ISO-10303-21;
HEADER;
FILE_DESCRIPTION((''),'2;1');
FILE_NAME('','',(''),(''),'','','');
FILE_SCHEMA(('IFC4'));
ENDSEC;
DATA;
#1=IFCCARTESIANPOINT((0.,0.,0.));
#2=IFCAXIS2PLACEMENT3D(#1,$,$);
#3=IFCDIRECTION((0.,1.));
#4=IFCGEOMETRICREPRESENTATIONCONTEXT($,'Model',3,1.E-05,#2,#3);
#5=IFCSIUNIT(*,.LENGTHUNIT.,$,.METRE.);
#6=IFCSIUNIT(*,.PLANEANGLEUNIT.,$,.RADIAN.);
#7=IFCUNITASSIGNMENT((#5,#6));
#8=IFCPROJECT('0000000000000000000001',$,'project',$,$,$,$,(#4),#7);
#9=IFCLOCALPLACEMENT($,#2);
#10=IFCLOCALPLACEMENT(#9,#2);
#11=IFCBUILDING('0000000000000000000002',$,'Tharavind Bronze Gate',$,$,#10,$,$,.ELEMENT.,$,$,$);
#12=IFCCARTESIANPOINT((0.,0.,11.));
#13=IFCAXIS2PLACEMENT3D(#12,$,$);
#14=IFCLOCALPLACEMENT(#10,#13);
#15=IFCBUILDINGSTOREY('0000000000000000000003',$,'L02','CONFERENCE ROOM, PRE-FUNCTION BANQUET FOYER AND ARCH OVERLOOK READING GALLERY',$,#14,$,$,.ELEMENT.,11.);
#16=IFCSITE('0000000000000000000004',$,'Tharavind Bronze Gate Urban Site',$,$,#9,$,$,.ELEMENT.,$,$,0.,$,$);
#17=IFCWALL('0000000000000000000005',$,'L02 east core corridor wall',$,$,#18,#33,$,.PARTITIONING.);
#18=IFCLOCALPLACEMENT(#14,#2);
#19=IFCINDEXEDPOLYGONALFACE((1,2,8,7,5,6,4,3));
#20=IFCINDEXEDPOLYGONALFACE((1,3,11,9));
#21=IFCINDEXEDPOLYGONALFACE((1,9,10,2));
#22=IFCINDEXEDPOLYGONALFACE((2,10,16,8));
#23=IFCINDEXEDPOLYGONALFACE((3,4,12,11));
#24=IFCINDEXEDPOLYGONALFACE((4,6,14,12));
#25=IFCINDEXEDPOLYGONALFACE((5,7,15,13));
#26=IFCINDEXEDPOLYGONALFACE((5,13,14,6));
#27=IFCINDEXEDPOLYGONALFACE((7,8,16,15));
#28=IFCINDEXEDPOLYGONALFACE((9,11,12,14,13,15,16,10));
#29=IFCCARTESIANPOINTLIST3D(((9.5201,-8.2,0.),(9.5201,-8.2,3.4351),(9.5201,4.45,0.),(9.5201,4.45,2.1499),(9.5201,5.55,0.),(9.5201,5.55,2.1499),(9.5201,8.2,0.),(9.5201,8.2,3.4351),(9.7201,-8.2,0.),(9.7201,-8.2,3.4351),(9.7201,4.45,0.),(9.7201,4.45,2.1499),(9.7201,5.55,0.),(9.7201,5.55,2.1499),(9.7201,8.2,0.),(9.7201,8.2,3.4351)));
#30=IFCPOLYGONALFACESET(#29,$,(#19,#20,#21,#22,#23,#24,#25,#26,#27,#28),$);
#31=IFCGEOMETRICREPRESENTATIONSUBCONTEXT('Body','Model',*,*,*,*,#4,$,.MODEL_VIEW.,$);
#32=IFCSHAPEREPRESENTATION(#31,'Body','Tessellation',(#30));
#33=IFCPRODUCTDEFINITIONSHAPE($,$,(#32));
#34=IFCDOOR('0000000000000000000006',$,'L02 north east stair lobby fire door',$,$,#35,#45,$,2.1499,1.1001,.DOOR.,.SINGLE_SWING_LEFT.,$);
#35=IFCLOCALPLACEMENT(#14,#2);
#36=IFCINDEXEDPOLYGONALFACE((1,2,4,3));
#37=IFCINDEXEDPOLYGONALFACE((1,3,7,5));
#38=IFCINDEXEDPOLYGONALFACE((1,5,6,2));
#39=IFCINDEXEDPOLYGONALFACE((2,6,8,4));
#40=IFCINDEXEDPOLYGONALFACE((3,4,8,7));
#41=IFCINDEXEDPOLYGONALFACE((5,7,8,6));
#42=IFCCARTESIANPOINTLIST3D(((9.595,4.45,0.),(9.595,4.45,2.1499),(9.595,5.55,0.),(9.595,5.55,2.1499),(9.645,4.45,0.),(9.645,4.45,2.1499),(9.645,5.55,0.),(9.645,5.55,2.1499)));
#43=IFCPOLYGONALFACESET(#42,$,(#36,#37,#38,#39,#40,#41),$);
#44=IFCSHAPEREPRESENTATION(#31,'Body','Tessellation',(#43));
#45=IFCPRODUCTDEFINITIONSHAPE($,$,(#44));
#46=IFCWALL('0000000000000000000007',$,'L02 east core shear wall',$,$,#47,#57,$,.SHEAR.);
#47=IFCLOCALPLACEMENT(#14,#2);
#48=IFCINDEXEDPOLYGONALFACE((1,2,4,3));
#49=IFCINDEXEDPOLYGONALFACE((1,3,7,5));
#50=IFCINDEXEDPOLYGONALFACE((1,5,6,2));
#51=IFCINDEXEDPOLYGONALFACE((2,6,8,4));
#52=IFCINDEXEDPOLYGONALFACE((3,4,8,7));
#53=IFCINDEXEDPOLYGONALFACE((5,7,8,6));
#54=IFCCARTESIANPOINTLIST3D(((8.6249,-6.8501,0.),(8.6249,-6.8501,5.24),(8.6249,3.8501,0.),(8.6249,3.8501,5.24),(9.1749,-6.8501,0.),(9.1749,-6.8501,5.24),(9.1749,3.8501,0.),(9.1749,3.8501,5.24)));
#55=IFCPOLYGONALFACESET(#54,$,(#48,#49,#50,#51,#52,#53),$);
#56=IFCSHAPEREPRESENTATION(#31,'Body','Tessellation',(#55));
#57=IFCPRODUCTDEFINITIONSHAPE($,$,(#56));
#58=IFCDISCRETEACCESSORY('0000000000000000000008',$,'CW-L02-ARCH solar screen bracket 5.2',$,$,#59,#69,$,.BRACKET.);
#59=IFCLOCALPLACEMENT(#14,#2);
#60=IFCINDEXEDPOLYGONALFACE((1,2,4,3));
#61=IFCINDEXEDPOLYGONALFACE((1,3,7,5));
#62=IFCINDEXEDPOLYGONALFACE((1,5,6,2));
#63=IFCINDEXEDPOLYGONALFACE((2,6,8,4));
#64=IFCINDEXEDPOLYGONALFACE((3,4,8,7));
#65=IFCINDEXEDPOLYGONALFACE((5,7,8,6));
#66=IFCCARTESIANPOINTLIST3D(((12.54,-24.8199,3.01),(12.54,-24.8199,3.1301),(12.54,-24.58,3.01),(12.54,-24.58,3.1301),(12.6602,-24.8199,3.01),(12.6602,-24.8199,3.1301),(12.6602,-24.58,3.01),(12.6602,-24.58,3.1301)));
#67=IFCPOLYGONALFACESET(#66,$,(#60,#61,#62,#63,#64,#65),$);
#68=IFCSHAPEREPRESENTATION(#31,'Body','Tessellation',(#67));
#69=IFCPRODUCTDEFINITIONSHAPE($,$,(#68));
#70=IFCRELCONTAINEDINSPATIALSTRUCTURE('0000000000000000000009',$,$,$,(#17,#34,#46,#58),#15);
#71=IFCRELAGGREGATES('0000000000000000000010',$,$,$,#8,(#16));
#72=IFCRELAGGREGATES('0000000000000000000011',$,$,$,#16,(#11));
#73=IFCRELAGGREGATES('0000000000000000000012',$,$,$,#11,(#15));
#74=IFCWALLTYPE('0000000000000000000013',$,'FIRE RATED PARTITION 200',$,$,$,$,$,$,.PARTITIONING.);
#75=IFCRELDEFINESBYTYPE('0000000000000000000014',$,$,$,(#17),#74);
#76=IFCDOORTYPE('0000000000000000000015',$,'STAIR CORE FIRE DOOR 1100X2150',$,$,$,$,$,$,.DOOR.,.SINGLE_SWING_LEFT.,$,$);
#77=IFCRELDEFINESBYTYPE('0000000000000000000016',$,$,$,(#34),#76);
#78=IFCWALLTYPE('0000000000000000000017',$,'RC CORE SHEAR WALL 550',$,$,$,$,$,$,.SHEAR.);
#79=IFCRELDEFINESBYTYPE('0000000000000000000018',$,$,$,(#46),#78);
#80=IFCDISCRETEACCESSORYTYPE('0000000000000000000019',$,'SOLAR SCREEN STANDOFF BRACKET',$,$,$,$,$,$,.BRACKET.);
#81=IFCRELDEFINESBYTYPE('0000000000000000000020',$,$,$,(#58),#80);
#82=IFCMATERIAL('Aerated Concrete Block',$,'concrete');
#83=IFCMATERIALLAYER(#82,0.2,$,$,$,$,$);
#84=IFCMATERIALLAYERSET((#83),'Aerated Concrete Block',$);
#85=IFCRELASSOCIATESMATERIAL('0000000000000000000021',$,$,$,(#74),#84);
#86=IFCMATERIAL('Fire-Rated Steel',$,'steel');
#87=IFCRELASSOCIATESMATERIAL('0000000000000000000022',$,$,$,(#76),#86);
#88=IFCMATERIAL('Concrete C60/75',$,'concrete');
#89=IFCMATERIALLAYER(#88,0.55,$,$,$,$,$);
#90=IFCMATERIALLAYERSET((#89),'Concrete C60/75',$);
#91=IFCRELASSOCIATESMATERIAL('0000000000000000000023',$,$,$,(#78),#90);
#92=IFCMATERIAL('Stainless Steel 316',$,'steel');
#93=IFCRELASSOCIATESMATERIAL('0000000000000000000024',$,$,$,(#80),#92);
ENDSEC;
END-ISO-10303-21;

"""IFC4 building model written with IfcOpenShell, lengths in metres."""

from ifc_helpers import new_model, si_unit, direction, frame, frame_2d, origin, origin_2d, place, context, subcontext, project, spatial, rectangle, extrude, material, layer, layer_set, type_object, element, fill, save


model = new_model("IFC4")

# Units and contexts
model_context = context("Model", 3, precision=1e-05, world=origin(), true_north=direction((0.0, 1.0)))
body_context = subcontext(model_context, "Body", "Model", "MODEL_VIEW")
ifc_project = project(units=[si_unit("LENGTHUNIT", "METRE"), si_unit("PLANEANGLEUNIT", "RADIAN")], contexts=[model_context])

# Site, building, storey
site_placement = place(None, origin())
site = spatial("IfcSite", under=ifc_project, at=site_placement, Name="Tharavind Bronze Gate Urban Site", CompositionType="ELEMENT", RefElevation=0.0)
building_placement = place(site_placement, origin())
building = spatial("IfcBuilding", under=site, at=building_placement, Name="Tharavind Bronze Gate", CompositionType="ELEMENT")
storey_placement = place(building_placement, frame((0.0, 0.0, 11.0)))
storey = spatial("IfcBuildingStorey", under=building, at=storey_placement, Name="L02", Description="CONFERENCE ROOM, PRE-FUNCTION BANQUET FOYER AND ARCH OVERLOOK READING GALLERY", CompositionType="ELEMENT", Elevation=11.0)

# Shared definitions
ifc_material_1 = material(Name="Concrete C60/75", Category="concrete")

# Wall, opening, door
ifc_material_2 = material(Name="Aerated Concrete Block", Category="concrete")
ifc_layer_1 = layer(ifc_material_2, 0.2)
ifc_layer_set_1 = layer_set([ifc_layer_1], Name="Aerated Concrete Block")
wall_type_1 = type_object("IfcWallType", Name="FIRE RATED PARTITION 200", PredefinedType="PARTITIONING", material=ifc_layer_set_1)
wall_1_placement = place(storey_placement, frame((9.6201, -8.2, 0.0), z_axis=(0.0, 0.0, 1.0), x_axis=(0.0, 1.0, 0.0)))
wall_1 = element("IfcWall", 1, at=wall_1_placement, inside=storey, type_object=wall_type_1, Name="L02 east core corridor wall", PredefinedType="PARTITIONING", context=body_context, shape_type="SweptSolid", body=[
    extrude(rectangle(XDim=16.3999, YDim=0.2, at=frame_2d((8.2, 0.0))), origin(), (0.0, 0.0, 1.0), 3.4351),
])
opening_placement = place(wall_1_placement, frame((12.6499, 0.0, 0.0)))
opening = element("IfcOpeningElement", 2, at=opening_placement, cuts=wall_1, PredefinedType="OPENING", context=body_context, shape_type="SweptSolid", body=[
    extrude(rectangle(XDim=1.1001, YDim=2.1499, at=frame_2d((0.55, 1.075))), frame((0.0, 0.1101, 0.0), z_axis=(0.0, -1.0, 0.0), x_axis=(1.0, 0.0, 0.0)), (0.0, 0.0, 1.0), 0.22),
])
ifc_material_3 = material(Name="Fire-Rated Steel", Category="steel")
door_type = type_object("IfcDoorType", Name="STAIR CORE FIRE DOOR 1100X2150", OperationType="SINGLE_SWING_LEFT", PredefinedType="DOOR", material=ifc_material_3)
door_placement = place(opening_placement, frame((1.1001, 0.0, 0.0), z_axis=(0.0, 0.0, 1.0), x_axis=(-1.0, 0.0, 0.0)))
door = element("IfcDoor", 3, at=door_placement, inside=storey, type_object=door_type, Name="L02 north east stair lobby fire door", OperationType="SINGLE_SWING_LEFT", OverallHeight=2.1499, OverallWidth=1.1001, PredefinedType="DOOR", context=body_context, shape_type="SweptSolid", body=[
    extrude(rectangle(XDim=1.1001, YDim=2.1499, at=frame_2d((0.55, 1.075))), frame((0.0, 0.0249, 0.0), z_axis=(0.0, -1.0, 0.0), x_axis=(1.0, 0.0, 0.0)), (0.0, 0.0, 1.0), 0.05),
])
fill(opening, door)

# Wall
ifc_layer_2 = layer(ifc_material_1, 0.55)
ifc_layer_set_2 = layer_set([ifc_layer_2], Name="Concrete C60/75")
wall_type_2 = type_object("IfcWallType", Name="RC CORE SHEAR WALL 550", PredefinedType="SHEAR", material=ifc_layer_set_2)
wall_2_placement = place(storey_placement, frame((8.8999, -6.8501, 0.0), z_axis=(0.0, 0.0, 1.0), x_axis=(0.0, 1.0, 0.0)))
element("IfcWall", 4, at=wall_2_placement, inside=storey, type_object=wall_type_2, Name="L02 east core shear wall", PredefinedType="SHEAR", context=body_context, shape_type="SweptSolid", body=[
    extrude(rectangle(XDim=10.7002, YDim=0.55, at=frame_2d((5.3501, 0.0))), origin(), (0.0, 0.0, 1.0), 5.24),
])

# Discrete accessory
ifc_material_4 = material(Name="Stainless Steel 316", Category="steel")
discrete_accessory_type = type_object("IfcDiscreteAccessoryType", Name="SOLAR SCREEN STANDOFF BRACKET", PredefinedType="BRACKET", material=ifc_material_4)
discrete_accessory_placement = place(storey_placement, frame((12.6001, -24.7, 3.01), z_axis=(0.0, 0.0, 1.0), x_axis=(1.0, 0.0, 0.0)))
element("IfcDiscreteAccessory", 5, at=discrete_accessory_placement, inside=storey, type_object=discrete_accessory_type, Name="CW-L02-ARCH solar screen bracket 5.2", PredefinedType="BRACKET", context=body_context, shape_type="SweptSolid", body=[
    extrude(rectangle(XDim=0.1201, YDim=0.24, at=origin_2d()), origin(), (0.0, 0.0, 1.0), 0.1201),
])

save(model, "model.ifc")
